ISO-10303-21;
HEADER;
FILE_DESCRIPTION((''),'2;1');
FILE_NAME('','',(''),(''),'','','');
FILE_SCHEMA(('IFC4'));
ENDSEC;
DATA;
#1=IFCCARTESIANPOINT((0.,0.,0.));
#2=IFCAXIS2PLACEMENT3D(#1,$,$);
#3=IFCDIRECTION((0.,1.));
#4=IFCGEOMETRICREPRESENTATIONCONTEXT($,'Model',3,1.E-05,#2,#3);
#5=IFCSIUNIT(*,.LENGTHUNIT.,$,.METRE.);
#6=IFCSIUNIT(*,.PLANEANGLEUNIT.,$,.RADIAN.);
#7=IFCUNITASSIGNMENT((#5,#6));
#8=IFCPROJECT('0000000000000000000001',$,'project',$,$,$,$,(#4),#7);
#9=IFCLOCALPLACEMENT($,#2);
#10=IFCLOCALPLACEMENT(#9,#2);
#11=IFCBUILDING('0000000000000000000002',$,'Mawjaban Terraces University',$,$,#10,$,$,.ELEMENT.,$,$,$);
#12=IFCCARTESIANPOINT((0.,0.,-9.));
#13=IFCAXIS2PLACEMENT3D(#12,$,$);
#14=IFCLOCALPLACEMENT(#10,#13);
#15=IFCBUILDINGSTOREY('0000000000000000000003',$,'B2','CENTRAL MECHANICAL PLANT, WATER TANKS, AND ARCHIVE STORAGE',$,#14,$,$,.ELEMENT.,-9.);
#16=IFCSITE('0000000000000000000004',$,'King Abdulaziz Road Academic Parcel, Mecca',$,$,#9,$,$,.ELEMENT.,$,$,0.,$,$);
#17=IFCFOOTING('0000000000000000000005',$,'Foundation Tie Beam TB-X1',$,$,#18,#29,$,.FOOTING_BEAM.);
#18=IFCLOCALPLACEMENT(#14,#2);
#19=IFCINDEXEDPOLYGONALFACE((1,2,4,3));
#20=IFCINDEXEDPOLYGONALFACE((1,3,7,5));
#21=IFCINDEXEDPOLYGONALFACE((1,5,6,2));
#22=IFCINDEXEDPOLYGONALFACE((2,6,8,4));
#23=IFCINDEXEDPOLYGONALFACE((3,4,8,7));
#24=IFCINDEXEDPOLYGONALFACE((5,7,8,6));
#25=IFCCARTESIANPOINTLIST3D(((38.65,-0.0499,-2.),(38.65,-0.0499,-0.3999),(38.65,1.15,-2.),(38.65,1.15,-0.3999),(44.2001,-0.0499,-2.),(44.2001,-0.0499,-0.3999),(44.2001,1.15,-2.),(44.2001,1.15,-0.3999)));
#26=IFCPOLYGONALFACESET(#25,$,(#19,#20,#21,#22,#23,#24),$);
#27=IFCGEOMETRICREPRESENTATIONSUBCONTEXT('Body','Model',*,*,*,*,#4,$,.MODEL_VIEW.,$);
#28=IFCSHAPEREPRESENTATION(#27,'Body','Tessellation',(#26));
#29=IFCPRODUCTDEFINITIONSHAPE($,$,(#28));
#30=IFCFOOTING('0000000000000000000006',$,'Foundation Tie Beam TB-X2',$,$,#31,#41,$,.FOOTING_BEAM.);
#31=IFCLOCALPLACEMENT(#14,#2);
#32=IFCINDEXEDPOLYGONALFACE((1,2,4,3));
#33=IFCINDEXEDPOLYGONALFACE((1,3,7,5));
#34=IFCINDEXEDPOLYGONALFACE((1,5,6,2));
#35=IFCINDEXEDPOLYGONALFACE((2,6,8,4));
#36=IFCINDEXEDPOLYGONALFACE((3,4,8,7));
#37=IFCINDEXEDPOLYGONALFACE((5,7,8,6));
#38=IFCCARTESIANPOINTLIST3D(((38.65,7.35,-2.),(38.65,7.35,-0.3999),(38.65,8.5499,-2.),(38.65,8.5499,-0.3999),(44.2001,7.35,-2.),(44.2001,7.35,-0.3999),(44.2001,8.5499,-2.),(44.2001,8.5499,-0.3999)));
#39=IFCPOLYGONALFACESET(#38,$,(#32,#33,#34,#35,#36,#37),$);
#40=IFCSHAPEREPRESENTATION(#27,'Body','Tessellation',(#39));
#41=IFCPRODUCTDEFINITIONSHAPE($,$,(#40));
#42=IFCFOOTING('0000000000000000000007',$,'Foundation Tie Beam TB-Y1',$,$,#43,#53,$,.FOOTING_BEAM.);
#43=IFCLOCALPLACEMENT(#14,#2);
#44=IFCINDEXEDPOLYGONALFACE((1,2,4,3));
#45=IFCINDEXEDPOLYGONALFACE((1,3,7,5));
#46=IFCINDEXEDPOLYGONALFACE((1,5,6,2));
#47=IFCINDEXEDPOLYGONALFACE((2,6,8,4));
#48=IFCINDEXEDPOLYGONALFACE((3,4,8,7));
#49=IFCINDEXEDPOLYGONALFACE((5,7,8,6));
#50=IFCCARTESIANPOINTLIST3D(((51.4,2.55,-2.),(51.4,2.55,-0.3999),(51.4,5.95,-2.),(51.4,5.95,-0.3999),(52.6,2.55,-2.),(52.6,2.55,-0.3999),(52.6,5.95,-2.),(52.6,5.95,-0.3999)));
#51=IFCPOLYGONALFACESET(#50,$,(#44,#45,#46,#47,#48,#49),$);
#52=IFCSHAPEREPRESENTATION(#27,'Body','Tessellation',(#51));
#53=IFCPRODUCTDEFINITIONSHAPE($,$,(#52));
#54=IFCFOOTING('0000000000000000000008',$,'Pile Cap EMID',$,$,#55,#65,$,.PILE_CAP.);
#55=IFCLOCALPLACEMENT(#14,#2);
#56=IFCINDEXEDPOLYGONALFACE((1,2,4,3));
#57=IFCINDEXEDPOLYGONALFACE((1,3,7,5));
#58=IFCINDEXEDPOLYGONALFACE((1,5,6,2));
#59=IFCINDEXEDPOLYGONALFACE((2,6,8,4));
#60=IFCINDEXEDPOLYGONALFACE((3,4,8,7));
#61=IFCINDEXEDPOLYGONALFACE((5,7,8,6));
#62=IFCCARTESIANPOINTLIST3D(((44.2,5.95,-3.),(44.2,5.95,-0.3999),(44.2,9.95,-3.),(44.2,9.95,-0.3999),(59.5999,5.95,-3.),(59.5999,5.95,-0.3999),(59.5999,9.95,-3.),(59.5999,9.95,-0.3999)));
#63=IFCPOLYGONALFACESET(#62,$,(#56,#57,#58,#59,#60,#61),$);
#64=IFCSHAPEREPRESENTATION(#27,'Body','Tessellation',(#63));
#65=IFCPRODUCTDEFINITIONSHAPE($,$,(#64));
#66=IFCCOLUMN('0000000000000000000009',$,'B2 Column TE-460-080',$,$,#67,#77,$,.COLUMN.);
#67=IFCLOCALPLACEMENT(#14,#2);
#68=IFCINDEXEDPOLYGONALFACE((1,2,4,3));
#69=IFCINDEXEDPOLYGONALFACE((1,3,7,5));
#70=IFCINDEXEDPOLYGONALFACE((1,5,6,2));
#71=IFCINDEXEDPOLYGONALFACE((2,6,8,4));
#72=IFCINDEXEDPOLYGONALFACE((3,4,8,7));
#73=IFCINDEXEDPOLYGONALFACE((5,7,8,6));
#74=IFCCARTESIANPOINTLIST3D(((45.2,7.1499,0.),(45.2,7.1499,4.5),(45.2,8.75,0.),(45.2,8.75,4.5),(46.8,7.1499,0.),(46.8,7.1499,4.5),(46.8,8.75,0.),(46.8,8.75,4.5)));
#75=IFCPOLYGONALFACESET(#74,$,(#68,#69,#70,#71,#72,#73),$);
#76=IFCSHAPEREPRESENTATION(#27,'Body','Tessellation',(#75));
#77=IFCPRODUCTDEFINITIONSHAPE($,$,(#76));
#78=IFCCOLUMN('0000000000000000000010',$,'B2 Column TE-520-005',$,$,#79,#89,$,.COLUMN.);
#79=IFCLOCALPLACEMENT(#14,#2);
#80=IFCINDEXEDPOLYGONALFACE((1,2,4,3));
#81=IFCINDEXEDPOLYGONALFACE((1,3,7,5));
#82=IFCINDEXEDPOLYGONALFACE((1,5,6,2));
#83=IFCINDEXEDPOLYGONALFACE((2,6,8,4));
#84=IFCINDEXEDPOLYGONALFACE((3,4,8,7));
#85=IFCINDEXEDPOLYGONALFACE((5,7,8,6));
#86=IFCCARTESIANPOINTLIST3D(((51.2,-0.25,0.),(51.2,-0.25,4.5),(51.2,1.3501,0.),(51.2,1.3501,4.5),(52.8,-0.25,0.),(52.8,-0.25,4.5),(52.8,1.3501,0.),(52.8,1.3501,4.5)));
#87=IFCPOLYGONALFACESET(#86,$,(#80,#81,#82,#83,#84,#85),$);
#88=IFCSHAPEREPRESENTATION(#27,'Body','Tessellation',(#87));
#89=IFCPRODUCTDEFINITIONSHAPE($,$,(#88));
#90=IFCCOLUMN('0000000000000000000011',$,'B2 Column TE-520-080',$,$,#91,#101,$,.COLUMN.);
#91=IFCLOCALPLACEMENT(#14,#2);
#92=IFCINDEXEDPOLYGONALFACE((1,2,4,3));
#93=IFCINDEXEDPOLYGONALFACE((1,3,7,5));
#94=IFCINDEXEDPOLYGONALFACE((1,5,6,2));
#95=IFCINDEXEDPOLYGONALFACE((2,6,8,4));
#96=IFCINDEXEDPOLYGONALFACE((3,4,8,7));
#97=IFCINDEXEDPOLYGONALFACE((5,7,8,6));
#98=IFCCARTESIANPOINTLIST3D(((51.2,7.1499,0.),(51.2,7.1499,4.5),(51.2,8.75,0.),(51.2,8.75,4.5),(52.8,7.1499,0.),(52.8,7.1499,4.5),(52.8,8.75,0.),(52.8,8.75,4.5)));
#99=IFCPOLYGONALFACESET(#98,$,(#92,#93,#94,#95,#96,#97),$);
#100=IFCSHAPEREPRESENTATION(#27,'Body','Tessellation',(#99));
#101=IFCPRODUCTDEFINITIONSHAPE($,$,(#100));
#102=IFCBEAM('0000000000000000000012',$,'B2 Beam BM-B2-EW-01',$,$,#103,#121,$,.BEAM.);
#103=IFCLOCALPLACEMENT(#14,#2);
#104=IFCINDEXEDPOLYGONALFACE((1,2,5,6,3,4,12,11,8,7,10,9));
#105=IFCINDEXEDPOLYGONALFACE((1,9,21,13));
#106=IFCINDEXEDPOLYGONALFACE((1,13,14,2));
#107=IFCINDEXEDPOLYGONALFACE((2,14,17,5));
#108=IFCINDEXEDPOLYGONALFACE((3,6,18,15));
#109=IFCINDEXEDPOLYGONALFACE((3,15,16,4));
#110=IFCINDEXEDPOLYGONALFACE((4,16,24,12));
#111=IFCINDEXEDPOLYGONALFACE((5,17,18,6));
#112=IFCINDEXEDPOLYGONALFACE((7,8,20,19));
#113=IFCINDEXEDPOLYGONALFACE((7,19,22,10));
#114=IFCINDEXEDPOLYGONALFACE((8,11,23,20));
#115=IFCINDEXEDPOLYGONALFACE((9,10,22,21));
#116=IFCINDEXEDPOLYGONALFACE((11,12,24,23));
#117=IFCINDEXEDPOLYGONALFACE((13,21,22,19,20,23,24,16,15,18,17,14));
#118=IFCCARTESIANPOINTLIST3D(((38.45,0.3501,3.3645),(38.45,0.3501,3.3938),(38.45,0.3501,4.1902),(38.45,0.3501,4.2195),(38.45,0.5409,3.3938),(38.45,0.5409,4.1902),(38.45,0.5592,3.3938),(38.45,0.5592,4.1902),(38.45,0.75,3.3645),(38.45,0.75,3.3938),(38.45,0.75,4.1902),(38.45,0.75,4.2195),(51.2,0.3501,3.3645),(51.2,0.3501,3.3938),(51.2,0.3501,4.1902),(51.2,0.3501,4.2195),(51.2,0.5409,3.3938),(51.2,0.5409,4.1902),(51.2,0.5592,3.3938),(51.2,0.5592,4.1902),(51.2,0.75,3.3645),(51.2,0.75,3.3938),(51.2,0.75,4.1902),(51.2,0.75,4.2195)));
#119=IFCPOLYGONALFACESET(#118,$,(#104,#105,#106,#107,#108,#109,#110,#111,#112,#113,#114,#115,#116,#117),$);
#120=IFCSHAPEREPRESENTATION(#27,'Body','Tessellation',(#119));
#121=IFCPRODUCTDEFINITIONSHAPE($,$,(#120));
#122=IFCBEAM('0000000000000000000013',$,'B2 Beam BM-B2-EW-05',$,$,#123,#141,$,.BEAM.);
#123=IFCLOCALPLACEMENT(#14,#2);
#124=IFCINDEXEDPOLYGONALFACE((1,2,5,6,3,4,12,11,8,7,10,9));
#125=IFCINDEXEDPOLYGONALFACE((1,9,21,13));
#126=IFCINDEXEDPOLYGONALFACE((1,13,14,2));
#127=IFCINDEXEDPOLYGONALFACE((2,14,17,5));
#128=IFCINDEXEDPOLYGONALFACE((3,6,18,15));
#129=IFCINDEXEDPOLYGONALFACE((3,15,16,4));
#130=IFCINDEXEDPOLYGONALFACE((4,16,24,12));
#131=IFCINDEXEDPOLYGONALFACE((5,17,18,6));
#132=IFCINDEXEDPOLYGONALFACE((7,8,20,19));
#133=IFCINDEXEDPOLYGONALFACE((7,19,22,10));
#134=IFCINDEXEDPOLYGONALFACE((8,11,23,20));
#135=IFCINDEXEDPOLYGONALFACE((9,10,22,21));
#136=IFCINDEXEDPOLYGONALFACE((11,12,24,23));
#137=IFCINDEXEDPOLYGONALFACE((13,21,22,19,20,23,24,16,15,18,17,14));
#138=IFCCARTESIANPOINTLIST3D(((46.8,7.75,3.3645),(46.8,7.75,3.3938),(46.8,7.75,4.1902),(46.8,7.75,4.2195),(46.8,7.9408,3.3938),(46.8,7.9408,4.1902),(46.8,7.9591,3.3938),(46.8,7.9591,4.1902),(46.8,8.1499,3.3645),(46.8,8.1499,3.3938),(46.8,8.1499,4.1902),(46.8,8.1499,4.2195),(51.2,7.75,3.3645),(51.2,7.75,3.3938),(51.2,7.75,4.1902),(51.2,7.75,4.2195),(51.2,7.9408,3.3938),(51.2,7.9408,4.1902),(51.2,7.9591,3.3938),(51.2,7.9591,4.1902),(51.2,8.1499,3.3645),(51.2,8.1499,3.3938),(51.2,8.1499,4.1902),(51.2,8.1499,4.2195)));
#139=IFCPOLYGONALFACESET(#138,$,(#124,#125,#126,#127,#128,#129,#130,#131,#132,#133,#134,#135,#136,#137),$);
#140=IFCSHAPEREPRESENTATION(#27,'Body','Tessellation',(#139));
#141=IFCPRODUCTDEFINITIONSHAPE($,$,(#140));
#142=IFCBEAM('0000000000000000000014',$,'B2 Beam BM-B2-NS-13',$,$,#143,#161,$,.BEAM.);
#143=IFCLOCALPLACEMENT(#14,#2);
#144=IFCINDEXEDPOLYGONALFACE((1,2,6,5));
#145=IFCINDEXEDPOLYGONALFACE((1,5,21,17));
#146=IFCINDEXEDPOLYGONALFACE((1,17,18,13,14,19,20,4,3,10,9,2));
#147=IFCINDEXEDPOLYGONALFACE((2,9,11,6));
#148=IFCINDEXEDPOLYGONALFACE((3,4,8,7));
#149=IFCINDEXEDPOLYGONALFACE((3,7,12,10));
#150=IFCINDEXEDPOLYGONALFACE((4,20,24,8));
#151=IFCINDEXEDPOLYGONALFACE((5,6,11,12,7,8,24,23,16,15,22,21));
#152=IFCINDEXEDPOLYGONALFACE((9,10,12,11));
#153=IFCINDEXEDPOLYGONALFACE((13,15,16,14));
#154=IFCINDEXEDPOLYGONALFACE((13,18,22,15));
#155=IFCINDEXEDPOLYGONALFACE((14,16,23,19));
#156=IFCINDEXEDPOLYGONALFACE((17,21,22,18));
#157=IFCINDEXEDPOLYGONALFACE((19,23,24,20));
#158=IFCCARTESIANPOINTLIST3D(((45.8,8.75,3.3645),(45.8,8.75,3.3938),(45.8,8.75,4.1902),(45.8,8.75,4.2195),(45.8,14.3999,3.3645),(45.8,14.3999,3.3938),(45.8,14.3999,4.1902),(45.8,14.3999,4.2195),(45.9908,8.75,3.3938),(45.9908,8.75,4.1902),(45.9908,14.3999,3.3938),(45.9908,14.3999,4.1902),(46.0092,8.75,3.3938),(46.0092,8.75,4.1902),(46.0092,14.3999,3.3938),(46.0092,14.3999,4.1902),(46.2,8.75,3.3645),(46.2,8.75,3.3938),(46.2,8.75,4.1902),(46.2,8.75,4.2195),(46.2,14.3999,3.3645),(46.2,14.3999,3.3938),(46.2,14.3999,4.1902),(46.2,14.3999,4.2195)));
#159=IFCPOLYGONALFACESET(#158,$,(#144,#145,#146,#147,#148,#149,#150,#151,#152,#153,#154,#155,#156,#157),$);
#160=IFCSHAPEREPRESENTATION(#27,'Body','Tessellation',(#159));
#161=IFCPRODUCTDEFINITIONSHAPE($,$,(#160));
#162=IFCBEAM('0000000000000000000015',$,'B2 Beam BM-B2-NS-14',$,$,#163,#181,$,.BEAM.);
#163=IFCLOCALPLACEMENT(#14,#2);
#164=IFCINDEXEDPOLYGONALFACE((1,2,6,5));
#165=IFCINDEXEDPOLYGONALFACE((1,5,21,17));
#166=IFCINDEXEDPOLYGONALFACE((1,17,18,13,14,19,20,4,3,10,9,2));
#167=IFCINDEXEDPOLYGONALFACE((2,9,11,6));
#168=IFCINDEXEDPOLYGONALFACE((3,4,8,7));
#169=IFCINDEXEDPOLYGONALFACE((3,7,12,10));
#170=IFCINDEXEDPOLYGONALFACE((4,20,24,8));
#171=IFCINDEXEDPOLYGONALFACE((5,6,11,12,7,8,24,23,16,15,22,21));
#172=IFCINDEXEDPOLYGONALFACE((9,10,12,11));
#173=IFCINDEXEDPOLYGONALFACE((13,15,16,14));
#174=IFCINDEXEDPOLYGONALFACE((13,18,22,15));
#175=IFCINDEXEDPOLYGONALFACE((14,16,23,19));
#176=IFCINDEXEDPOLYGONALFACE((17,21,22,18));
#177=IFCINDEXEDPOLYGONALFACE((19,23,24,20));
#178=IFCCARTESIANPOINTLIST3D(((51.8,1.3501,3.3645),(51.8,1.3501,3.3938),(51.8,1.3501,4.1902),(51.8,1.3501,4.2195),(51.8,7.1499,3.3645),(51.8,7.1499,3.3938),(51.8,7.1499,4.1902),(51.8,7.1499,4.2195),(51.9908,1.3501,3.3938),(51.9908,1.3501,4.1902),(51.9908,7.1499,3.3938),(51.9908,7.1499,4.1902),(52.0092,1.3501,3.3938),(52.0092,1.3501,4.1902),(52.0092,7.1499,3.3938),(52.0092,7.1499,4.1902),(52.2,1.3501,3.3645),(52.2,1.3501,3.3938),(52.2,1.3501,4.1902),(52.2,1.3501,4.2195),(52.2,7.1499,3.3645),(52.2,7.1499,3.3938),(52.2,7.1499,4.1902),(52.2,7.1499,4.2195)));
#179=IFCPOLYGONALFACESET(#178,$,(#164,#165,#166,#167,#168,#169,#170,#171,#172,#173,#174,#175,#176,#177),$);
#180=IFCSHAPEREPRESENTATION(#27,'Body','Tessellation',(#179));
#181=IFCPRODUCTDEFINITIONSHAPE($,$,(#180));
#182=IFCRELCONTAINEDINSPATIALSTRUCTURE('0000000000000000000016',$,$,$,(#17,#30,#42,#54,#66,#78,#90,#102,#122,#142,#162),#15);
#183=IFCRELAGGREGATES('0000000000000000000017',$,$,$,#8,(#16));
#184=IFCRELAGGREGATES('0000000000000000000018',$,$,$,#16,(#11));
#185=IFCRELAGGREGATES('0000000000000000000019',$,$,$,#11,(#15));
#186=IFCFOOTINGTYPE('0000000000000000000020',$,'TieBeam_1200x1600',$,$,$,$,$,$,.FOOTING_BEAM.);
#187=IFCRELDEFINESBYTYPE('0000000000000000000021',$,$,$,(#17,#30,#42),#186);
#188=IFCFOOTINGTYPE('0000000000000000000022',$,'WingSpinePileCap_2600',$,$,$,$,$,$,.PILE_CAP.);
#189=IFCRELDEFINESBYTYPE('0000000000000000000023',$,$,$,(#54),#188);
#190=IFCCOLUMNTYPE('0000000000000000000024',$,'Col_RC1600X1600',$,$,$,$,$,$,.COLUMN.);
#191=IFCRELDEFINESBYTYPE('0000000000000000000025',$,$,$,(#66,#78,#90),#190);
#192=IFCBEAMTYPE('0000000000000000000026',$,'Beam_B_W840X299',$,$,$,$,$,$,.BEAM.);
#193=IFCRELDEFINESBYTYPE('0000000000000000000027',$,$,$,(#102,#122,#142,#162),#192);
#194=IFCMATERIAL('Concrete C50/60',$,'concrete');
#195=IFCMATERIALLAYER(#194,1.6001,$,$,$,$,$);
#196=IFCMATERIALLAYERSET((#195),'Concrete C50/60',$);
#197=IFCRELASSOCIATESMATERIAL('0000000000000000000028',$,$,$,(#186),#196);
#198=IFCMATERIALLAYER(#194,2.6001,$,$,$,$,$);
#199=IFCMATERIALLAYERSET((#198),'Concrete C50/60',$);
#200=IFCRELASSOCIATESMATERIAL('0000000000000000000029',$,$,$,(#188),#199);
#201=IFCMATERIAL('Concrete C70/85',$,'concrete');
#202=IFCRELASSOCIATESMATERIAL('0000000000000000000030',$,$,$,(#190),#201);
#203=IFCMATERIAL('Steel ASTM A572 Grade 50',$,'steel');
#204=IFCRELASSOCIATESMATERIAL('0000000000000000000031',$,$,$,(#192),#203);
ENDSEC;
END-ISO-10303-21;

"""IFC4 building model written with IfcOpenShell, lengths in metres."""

from ifc_helpers import new_model, si_unit, direction, frame, origin, origin_2d, place, context, subcontext, project, spatial, rectangle, i_section, extrude, material, layer, layer_set, material_profile, profile_set, type_object, element, save


model = new_model("IFC4")

# Units and contexts
model_context = context("Model", 3, precision=1e-05, world=origin(), true_north=direction((0.0, 1.0)))
body_context = subcontext(model_context, "Body", "Model", "MODEL_VIEW")
ifc_project = project(units=[si_unit("LENGTHUNIT", "METRE"), si_unit("PLANEANGLEUNIT", "RADIAN")], contexts=[model_context])

# Site, building, storey
site_placement = place(None, origin())
site = spatial("IfcSite", under=ifc_project, at=site_placement, Name="King Abdulaziz Road Academic Parcel, Mecca", CompositionType="ELEMENT", RefElevation=0.0)
building_placement = place(site_placement, origin())
building = spatial("IfcBuilding", under=site, at=building_placement, Name="Mawjaban Terraces University", CompositionType="ELEMENT")
storey_placement = place(building_placement, frame((0.0, 0.0, -9.0)))
storey = spatial("IfcBuildingStorey", under=building, at=storey_placement, Name="B2", Description="CENTRAL MECHANICAL PLANT, WATER TANKS, AND ARCHIVE STORAGE", CompositionType="ELEMENT", Elevation=-9.0)

# Shared definitions
ifc_material_1 = material(Name="Concrete C50/60", Category="concrete")

# Footings
ifc_layer_1 = layer(ifc_material_1, 1.6001)
ifc_layer_set_1 = layer_set([ifc_layer_1], Name="Concrete C50/60")
footing_type_1 = type_object("IfcFootingType", Name="TieBeam_1200x1600", PredefinedType="FOOTING_BEAM", material=ifc_layer_set_1)
for number, where, z_axis, x_axis, name in (
    (1, (41.425, 0.55, -2.0), (0.0, 0.0, 1.0), (1.0, 0.0, 0.0), "Foundation Tie Beam TB-X1"),
    (2, (41.425, 7.95, -2.0), (0.0, 0.0, 1.0), (1.0, 0.0, 0.0), "Foundation Tie Beam TB-X2"),
):
    element("IfcFooting", number, at=place(storey_placement, frame(where, z_axis=z_axis, x_axis=x_axis)), inside=storey, type_object=footing_type_1, Name=name, PredefinedType="FOOTING_BEAM", context=body_context, shape_type="SweptSolid", body=[
        extrude(rectangle(XDim=5.55, YDim=1.2, at=origin_2d()), origin(), (0.0, 0.0, 1.0), 1.6001),
    ])
footing_1_placement = place(storey_placement, frame((52.0, 4.25, -2.0), z_axis=(0.0, 0.0, 1.0), x_axis=(1.0, 0.0, 0.0)))
element("IfcFooting", 3, at=footing_1_placement, inside=storey, type_object=footing_type_1, Name="Foundation Tie Beam TB-Y1", PredefinedType="FOOTING_BEAM", context=body_context, shape_type="SweptSolid", body=[
    extrude(rectangle(XDim=1.2, YDim=3.3999, at=origin_2d()), origin(), (0.0, 0.0, 1.0), 1.6001),
])
ifc_layer_2 = layer(ifc_material_1, 2.6001)
ifc_layer_set_2 = layer_set([ifc_layer_2], Name="Concrete C50/60")
footing_type_2 = type_object("IfcFootingType", Name="WingSpinePileCap_2600", PredefinedType="PILE_CAP", material=ifc_layer_set_2)
footing_2_placement = place(storey_placement, frame((51.8999, 7.95, -3.0), z_axis=(0.0, 0.0, 1.0), x_axis=(1.0, 0.0, 0.0)))
element("IfcFooting", 4, at=footing_2_placement, inside=storey, type_object=footing_type_2, Name="Pile Cap EMID", PredefinedType="PILE_CAP", context=body_context, shape_type="SweptSolid", body=[
    extrude(rectangle(XDim=15.3999, YDim=4.0, at=origin_2d()), origin(), (0.0, 0.0, 1.0), 2.6001),
])

# Columns
ifc_material_2 = material(Name="Concrete C70/85", Category="concrete")
ifc_material_profile_1 = material_profile(ifc_material_2, rectangle(XDim=1.6001, YDim=1.6001, at=origin_2d()), Name="RC1600X1600")
ifc_profile_set_1 = profile_set([ifc_material_profile_1], Name="Concrete C70/85")
column_type = type_object("IfcColumnType", Name="Col_RC1600X1600", PredefinedType="COLUMN", material=ifc_profile_set_1)
for number, where, z_axis, x_axis, name in (
    (5, (46.0, 7.95, 0.0), (0.0, 0.0, 1.0), (1.0, 0.0, 0.0), "B2 Column TE-460-080"),
    (6, (52.0, 0.55, 0.0), (0.0, 0.0, 1.0), (1.0, 0.0, 0.0), "B2 Column TE-520-005"),
    (7, (52.0, 7.95, 0.0), (0.0, 0.0, 1.0), (1.0, 0.0, 0.0), "B2 Column TE-520-080"),
):
    element("IfcColumn", number, at=place(storey_placement, frame(where, z_axis=z_axis, x_axis=x_axis)), inside=storey, type_object=column_type, Name=name, PredefinedType="COLUMN", context=body_context, shape_type="SweptSolid", body=[
        extrude(rectangle(XDim=1.6001, YDim=1.6001, at=origin_2d()), origin(), (0.0, 0.0, 1.0), 4.5),
    ])

# Beams
ifc_material_3 = material(Name="Steel ASTM A572 Grade 50", Category="steel")
ifc_material_profile_2 = material_profile(ifc_material_3, i_section(OverallWidth=0.3999, OverallDepth=0.855, WebThickness=0.0183, FlangeThickness=0.0293, at=origin_2d()), Name="W840X299")
ifc_profile_set_2 = profile_set([ifc_material_profile_2], Name="Steel ASTM A572 Grade 50")
beam_type_1 = type_object("IfcBeamType", Name="Beam_B_W840X299", PredefinedType="BEAM", material=ifc_profile_set_2)
beam_1_placement = place(storey_placement, frame((38.45, 0.55, 3.792), z_axis=(1.0, 0.0, 0.0), x_axis=(0.0, 1.0, 0.0)))
element("IfcBeam", 8, at=beam_1_placement, inside=storey, type_object=beam_type_1, Name="B2 Beam BM-B2-EW-01", PredefinedType="BEAM", context=body_context, shape_type="SweptSolid", body=[
    extrude(i_section(OverallWidth=0.3999, OverallDepth=0.855, WebThickness=0.0183, FlangeThickness=0.0293, at=origin_2d()), origin(), (0.0, 0.0, 1.0), 12.75),
])
beam_2_placement = place(storey_placement, frame((46.8, 7.95, 3.792), z_axis=(1.0, 0.0, 0.0), x_axis=(0.0, 1.0, 0.0)))
element("IfcBeam", 9, at=beam_2_placement, inside=storey, type_object=beam_type_1, Name="B2 Beam BM-B2-EW-05", PredefinedType="BEAM", context=body_context, shape_type="SweptSolid", body=[
    extrude(i_section(OverallWidth=0.3999, OverallDepth=0.855, WebThickness=0.0183, FlangeThickness=0.0293, at=origin_2d()), origin(), (0.0, 0.0, 1.0), 4.3999),
])
beam_3_placement = place(storey_placement, frame((46.0, 8.75, 3.792), z_axis=(0.0, 1.0, 0.0), x_axis=(-1.0, 0.0, 0.0)))
element("IfcBeam", 10, at=beam_3_placement, inside=storey, type_object=beam_type_1, Name="B2 Beam BM-B2-NS-13", PredefinedType="BEAM", context=body_context, shape_type="SweptSolid", body=[
    extrude(i_section(OverallWidth=0.3999, OverallDepth=0.855, WebThickness=0.0183, FlangeThickness=0.0293, at=origin_2d()), origin(), (0.0, 0.0, 1.0), 5.6499),
])
beam_4_placement = place(storey_placement, frame((52.0, 1.3501, 3.792), z_axis=(0.0, 1.0, 0.0), x_axis=(-1.0, 0.0, 0.0)))
element("IfcBeam", 11, at=beam_4_placement, inside=storey, type_object=beam_type_1, Name="B2 Beam BM-B2-NS-14", PredefinedType="BEAM", context=body_context, shape_type="SweptSolid", body=[
    extrude(i_section(OverallWidth=0.3999, OverallDepth=0.855, WebThickness=0.0183, FlangeThickness=0.0293, at=origin_2d()), origin(), (0.0, 0.0, 1.0), 5.7998),
])

save(model, "model.ifc")
